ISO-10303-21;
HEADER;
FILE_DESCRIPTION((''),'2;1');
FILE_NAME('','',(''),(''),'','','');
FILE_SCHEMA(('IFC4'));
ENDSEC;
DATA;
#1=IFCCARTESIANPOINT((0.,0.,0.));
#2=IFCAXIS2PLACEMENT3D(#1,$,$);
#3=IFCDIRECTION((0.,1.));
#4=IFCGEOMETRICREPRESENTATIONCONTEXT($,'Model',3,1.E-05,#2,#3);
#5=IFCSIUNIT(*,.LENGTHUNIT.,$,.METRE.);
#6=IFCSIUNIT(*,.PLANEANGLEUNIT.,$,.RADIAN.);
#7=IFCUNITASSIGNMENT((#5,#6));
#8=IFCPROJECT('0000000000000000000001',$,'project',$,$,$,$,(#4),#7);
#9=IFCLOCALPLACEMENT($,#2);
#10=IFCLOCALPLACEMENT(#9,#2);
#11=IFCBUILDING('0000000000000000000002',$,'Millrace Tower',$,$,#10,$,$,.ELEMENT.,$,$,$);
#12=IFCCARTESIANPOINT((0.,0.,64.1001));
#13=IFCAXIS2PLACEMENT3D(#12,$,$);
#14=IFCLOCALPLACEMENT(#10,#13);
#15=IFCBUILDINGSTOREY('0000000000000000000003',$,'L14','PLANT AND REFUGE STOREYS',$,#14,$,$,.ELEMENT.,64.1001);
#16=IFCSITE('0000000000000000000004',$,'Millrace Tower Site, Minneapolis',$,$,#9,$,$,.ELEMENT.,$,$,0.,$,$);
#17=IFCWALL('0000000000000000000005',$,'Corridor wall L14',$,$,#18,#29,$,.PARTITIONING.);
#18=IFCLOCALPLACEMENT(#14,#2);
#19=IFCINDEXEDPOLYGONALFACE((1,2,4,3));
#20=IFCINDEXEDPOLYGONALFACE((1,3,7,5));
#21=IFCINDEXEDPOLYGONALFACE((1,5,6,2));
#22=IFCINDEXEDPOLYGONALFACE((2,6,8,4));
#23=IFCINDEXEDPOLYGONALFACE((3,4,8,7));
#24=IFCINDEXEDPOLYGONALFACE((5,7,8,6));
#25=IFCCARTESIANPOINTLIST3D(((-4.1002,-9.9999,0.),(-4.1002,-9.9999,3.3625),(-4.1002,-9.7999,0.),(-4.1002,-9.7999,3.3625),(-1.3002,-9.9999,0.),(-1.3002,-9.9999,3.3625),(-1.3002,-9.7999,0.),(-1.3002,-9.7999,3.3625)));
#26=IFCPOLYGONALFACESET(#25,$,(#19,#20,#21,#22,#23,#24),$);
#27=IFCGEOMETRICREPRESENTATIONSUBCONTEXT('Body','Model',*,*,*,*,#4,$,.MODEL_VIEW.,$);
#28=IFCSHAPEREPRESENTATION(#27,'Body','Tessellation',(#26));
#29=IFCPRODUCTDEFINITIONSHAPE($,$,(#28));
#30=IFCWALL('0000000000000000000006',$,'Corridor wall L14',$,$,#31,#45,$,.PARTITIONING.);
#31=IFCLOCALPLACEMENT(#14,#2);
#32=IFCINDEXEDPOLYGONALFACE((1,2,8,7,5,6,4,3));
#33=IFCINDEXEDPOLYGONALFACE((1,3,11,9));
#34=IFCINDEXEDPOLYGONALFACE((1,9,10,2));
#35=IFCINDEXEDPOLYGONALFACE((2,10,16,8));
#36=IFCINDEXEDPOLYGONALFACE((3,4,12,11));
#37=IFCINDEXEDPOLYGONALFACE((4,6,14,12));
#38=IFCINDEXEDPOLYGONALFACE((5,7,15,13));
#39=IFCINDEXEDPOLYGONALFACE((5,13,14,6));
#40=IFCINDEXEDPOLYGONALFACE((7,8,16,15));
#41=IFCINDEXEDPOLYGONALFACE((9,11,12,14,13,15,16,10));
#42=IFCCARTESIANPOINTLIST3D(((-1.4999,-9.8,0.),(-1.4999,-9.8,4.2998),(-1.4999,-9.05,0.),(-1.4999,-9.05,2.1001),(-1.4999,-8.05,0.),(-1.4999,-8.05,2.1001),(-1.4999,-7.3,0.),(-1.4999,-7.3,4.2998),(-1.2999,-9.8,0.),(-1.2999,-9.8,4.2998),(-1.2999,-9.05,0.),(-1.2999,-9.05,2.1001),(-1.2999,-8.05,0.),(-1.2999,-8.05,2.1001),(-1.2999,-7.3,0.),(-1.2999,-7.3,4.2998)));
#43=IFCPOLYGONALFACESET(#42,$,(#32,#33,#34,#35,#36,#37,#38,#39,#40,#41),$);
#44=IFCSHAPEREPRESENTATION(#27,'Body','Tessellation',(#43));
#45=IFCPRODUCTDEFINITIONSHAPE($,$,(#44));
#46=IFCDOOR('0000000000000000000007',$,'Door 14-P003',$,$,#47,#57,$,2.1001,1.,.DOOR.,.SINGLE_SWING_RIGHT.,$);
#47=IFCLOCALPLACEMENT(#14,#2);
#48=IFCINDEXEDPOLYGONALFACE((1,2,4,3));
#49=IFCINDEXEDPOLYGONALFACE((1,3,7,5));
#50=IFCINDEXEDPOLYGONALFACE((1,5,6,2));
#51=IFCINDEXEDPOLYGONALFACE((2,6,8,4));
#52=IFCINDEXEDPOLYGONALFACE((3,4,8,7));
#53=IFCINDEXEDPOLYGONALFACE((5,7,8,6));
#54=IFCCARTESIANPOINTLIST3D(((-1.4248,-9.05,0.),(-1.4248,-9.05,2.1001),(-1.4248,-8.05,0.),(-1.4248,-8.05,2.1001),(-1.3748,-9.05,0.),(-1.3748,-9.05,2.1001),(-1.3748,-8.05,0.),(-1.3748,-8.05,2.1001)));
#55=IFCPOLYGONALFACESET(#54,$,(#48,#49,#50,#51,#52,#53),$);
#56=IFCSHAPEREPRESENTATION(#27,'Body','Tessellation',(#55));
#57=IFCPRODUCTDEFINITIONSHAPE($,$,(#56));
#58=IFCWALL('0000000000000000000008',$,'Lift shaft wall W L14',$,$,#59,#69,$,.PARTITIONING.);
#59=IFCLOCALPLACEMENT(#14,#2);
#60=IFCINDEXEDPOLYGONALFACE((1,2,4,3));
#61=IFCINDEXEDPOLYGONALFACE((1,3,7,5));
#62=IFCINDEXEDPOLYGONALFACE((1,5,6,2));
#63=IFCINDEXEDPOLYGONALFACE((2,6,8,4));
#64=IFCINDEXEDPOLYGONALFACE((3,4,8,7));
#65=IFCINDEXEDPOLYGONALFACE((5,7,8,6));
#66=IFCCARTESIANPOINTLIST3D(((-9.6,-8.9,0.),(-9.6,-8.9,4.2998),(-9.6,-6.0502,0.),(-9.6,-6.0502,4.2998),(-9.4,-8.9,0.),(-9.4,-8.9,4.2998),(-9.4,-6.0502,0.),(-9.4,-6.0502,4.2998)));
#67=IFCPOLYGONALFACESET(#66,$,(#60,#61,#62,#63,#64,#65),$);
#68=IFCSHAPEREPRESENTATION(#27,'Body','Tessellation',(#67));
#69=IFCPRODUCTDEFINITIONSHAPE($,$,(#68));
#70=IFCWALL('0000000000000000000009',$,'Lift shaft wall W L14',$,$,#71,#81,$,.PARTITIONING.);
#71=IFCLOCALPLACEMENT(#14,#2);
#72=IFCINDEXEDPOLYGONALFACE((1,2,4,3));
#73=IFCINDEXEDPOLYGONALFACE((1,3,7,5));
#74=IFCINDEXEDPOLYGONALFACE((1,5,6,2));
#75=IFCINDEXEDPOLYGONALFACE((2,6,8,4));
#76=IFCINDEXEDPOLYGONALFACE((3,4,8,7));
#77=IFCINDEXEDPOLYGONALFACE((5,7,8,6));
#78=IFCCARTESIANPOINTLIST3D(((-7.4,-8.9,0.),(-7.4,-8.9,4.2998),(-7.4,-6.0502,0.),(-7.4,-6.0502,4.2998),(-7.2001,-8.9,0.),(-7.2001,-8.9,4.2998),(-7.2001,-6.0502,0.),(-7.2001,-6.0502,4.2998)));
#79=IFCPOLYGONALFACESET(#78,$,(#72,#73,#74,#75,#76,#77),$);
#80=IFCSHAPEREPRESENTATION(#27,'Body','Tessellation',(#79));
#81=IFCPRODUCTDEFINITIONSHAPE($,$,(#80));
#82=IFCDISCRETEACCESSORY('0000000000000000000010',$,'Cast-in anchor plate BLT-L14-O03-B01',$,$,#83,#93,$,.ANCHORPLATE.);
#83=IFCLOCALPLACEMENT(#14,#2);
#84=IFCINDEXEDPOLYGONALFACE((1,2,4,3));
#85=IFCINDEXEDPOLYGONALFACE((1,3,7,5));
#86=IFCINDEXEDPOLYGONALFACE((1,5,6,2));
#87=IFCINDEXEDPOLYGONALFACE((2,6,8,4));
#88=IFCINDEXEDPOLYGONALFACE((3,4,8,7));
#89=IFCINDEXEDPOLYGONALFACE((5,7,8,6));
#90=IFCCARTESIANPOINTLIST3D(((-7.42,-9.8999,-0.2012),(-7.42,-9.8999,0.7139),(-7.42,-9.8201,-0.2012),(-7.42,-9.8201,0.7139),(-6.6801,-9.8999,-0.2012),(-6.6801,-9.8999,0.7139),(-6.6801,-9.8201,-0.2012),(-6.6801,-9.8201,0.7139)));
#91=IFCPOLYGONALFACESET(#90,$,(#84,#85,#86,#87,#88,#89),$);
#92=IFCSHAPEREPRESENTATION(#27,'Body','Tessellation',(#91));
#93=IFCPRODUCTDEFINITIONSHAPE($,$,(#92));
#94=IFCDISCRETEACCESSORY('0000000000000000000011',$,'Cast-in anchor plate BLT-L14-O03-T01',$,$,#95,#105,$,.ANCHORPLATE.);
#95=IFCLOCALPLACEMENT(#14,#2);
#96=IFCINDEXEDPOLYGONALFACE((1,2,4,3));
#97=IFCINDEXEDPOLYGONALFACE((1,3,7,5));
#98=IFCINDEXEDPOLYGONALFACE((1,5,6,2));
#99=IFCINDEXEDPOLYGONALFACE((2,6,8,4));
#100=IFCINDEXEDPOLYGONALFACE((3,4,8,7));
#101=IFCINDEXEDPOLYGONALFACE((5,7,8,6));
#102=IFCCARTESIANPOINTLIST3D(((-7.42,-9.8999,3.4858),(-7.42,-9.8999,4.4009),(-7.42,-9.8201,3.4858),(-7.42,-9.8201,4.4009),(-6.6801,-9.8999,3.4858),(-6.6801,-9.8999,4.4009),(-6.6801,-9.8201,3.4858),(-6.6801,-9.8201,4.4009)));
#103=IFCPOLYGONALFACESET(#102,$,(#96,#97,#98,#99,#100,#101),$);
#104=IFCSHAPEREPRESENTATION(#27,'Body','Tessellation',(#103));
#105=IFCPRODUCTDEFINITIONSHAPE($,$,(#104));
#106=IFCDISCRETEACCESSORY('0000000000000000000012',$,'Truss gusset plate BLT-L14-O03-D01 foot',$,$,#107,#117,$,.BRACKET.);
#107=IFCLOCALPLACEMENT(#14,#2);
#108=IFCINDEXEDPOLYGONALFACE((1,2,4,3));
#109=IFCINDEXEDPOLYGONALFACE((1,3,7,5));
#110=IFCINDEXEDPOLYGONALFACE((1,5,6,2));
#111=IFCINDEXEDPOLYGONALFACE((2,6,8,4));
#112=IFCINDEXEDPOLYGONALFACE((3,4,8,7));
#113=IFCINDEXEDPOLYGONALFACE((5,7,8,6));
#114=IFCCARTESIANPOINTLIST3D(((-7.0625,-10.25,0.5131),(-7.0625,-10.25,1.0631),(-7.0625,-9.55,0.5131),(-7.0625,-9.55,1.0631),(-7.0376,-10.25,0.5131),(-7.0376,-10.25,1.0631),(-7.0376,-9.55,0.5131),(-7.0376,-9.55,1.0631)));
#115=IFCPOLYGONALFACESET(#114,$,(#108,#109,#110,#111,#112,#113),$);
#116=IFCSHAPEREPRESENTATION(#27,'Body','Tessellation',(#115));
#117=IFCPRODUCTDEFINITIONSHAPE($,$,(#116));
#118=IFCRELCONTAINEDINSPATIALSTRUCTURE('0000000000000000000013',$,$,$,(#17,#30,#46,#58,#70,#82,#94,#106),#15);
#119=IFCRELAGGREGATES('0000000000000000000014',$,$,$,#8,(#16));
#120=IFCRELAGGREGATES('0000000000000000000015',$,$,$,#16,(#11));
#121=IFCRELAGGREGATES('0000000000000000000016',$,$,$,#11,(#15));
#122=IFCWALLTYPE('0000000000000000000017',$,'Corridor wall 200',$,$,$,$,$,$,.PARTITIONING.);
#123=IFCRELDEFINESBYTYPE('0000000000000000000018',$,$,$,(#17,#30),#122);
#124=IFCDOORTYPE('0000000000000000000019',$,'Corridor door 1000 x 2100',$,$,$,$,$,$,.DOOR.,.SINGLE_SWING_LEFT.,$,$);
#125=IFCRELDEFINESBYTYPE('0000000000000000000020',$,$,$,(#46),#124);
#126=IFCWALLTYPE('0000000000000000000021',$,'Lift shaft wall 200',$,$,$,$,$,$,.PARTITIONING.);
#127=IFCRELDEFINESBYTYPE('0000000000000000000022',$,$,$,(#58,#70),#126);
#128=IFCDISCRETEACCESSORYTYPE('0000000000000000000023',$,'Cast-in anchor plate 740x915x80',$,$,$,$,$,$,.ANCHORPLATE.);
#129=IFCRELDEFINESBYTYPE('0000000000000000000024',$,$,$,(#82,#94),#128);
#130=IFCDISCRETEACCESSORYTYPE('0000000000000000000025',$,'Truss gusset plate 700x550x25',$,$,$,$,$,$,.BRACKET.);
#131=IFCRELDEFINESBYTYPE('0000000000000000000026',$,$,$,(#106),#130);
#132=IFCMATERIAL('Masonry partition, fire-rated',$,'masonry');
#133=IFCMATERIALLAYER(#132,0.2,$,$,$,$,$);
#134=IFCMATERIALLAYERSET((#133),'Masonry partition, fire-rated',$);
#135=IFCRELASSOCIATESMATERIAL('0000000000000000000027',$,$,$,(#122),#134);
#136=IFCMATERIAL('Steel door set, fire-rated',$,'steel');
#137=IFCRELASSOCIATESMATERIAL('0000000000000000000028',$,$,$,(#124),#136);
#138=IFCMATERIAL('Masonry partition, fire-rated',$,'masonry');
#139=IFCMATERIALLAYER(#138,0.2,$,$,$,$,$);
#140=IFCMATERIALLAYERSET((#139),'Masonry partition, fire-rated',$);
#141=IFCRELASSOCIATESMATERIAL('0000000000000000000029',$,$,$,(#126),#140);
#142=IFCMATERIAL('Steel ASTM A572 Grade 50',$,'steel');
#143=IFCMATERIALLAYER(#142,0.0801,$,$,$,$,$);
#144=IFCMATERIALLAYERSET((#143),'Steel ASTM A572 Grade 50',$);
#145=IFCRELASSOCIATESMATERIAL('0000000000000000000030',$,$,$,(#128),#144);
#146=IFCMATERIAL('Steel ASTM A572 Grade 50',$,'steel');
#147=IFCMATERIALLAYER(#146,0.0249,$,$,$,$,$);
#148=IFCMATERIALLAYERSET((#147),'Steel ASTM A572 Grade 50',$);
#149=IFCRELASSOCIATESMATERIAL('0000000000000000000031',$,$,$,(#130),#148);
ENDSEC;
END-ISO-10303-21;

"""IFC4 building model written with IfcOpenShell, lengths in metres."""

from ifc_helpers import new_model, si_unit, direction, frame, frame_2d, origin, origin_2d, place, context, subcontext, project, spatial, rectangle, extrude, material, layer, layer_set, type_object, element, fill, save


model = new_model("IFC4")

# Units and contexts
model_context = context("Model", 3, precision=1e-05, world=origin(), true_north=direction((0.0, 1.0)))
body_context = subcontext(model_context, "Body", "Model", "MODEL_VIEW")
ifc_project = project(units=[si_unit("LENGTHUNIT", "METRE"), si_unit("PLANEANGLEUNIT", "RADIAN")], contexts=[model_context])

# Site, building, storey
site_placement = place(None, origin())
site = spatial("IfcSite", under=ifc_project, at=site_placement, Name="Millrace Tower Site, Minneapolis", CompositionType="ELEMENT", RefElevation=0.0)
building_placement = place(site_placement, origin())
building = spatial("IfcBuilding", under=site, at=building_placement, Name="Millrace Tower", CompositionType="ELEMENT")
storey_placement = place(building_placement, frame((0.0, 0.0, 64.1001)))
storey = spatial("IfcBuildingStorey", under=building, at=storey_placement, Name="L14", Description="PLANT AND REFUGE STOREYS", CompositionType="ELEMENT", Elevation=64.1001)

# Wall
ifc_material_1 = material(Name="Masonry partition, fire-rated", Category="masonry")
ifc_layer_1 = layer(ifc_material_1, 0.2)
ifc_layer_set_1 = layer_set([ifc_layer_1], Name="Masonry partition, fire-rated")
wall_type_1 = type_object("IfcWallType", Name="Corridor wall 200", PredefinedType="PARTITIONING", material=ifc_layer_set_1)
wall_1_placement = place(storey_placement, frame((-4.1001, -9.8999, 0.0), z_axis=(0.0, 0.0, 1.0), x_axis=(1.0, 0.0, 0.0)))
element("IfcWall", 1, at=wall_1_placement, inside=storey, type_object=wall_type_1, Name="Corridor wall L14", PredefinedType="PARTITIONING", context=body_context, shape_type="SweptSolid", body=[
    extrude(rectangle(XDim=2.8, YDim=0.2, at=frame_2d((1.3999, 0.0))), origin(), (0.0, 0.0, 1.0), 3.3625),
])

# Wall, opening, door
wall_2_placement = place(storey_placement, frame((-1.3999, -9.8, 0.0), z_axis=(0.0, 0.0, 1.0), x_axis=(0.0, 1.0, 0.0)))
wall_2 = element("IfcWall", 2, at=wall_2_placement, inside=storey, type_object=wall_type_1, Name="Corridor wall L14", PredefinedType="PARTITIONING", context=body_context, shape_type="SweptSolid", body=[
    extrude(rectangle(XDim=2.5, YDim=0.2, at=frame_2d((1.25, 0.0))), origin(), (0.0, 0.0, 1.0), 4.2998),
])
opening_placement = place(wall_2_placement, frame((0.75, 0.0, 0.0)))
opening = element("IfcOpeningElement", 3, at=opening_placement, cuts=wall_2, PredefinedType="OPENING", context=body_context, shape_type="SweptSolid", body=[
    extrude(rectangle(XDim=1.0, YDim=2.1001, at=frame_2d((0.5, 1.05))), frame((0.0, 0.1099, 0.0), z_axis=(0.0, -1.0, 0.0), x_axis=(1.0, 0.0, 0.0)), (0.0, 0.0, 1.0), 0.22),
])
ifc_material_2 = material(Name="Steel door set, fire-rated", Category="steel")
door_type = type_object("IfcDoorType", Name="Corridor door 1000 x 2100", OperationType="SINGLE_SWING_LEFT", PredefinedType="DOOR", material=ifc_material_2)
door_placement = place(opening_placement, origin())
door = element("IfcDoor", 4, at=door_placement, inside=storey, type_object=door_type, Name="Door 14-P003", OperationType="SINGLE_SWING_RIGHT", OverallHeight=2.1001, OverallWidth=1.0, PredefinedType="DOOR", context=body_context, shape_type="SweptSolid", body=[
    extrude(rectangle(XDim=1.0, YDim=2.1001, at=frame_2d((0.5, 1.05))), frame((0.0, 0.0249, 0.0), z_axis=(0.0, -1.0, 0.0), x_axis=(1.0, 0.0, 0.0)), (0.0, 0.0, 1.0), 0.05),
])
fill(opening, door)

# Walls
ifc_material_3 = material(Name="Masonry partition, fire-rated", Category="masonry")
ifc_layer_2 = layer(ifc_material_3, 0.2)
ifc_layer_set_2 = layer_set([ifc_layer_2], Name="Masonry partition, fire-rated")
wall_type_2 = type_object("IfcWallType", Name="Lift shaft wall 200", PredefinedType="PARTITIONING", material=ifc_layer_set_2)
for number, where, z_axis, x_axis, name in (
    (5, (-9.5, -8.8999, 0.0), (0.0, 0.0, 1.0), (0.0, 1.0, 0.0), "Lift shaft wall W L14"),
    (6, (-7.3, -8.8999, 0.0), (0.0, 0.0, 1.0), (0.0, 1.0, 0.0), "Lift shaft wall W L14"),
):
    element("IfcWall", number, at=place(storey_placement, frame(where, z_axis=z_axis, x_axis=x_axis)), inside=storey, type_object=wall_type_2, Name=name, PredefinedType="PARTITIONING", context=body_context, shape_type="SweptSolid", body=[
        extrude(rectangle(XDim=2.8499, YDim=0.2, at=frame_2d((1.4248, 0.0))), origin(), (0.0, 0.0, 1.0), 4.2998),
    ])

# Discrete accessories
ifc_material_4 = material(Name="Steel ASTM A572 Grade 50", Category="steel")
ifc_layer_3 = layer(ifc_material_4, 0.0801)
ifc_layer_set_3 = layer_set([ifc_layer_3], Name="Steel ASTM A572 Grade 50")
discrete_accessory_type_1 = type_object("IfcDiscreteAccessoryType", Name="Cast-in anchor plate 740x915x80", PredefinedType="ANCHORPLATE", material=ifc_layer_set_3)
for number, where, z_axis, x_axis, name in (
    (7, (-7.05, -9.8201, 0.2563), (0.0, -1.0, 0.0), (1.0, 0.0, 0.0), "Cast-in anchor plate BLT-L14-O03-B01"),
    (8, (-7.05, -9.8201, 3.9434), (0.0, -1.0, 0.0), (1.0, 0.0, 0.0), "Cast-in anchor plate BLT-L14-O03-T01"),
):
    element("IfcDiscreteAccessory", number, at=place(storey_placement, frame(where, z_axis=z_axis, x_axis=x_axis)), inside=storey, type_object=discrete_accessory_type_1, Name=name, PredefinedType="ANCHORPLATE", context=body_context, shape_type="SweptSolid", body=[
        extrude(rectangle(XDim=0.74, YDim=0.915, at=origin_2d()), origin(), (0.0, 0.0, 1.0), 0.0798),
    ])
ifc_material_5 = material(Name="Steel ASTM A572 Grade 50", Category="steel")
ifc_layer_4 = layer(ifc_material_5, 0.0249)
ifc_layer_set_4 = layer_set([ifc_layer_4], Name="Steel ASTM A572 Grade 50")
discrete_accessory_type_2 = type_object("IfcDiscreteAccessoryType", Name="Truss gusset plate 700x550x25", PredefinedType="BRACKET", material=ifc_layer_set_4)
discrete_accessory_placement = place(storey_placement, frame((-7.05, -10.25, 0.7881), z_axis=(0.0, 1.0, 0.0), x_axis=(-1.0, 0.0, 0.0)))
element("IfcDiscreteAccessory", 9, at=discrete_accessory_placement, inside=storey, type_object=discrete_accessory_type_2, Name="Truss gusset plate BLT-L14-O03-D01 foot", PredefinedType="BRACKET", context=body_context, shape_type="SweptSolid", body=[
    extrude(rectangle(XDim=0.0249, YDim=0.55, at=origin_2d()), origin(), (0.0, 0.0, 1.0), 0.7),
])

save(model, "model.ifc")
